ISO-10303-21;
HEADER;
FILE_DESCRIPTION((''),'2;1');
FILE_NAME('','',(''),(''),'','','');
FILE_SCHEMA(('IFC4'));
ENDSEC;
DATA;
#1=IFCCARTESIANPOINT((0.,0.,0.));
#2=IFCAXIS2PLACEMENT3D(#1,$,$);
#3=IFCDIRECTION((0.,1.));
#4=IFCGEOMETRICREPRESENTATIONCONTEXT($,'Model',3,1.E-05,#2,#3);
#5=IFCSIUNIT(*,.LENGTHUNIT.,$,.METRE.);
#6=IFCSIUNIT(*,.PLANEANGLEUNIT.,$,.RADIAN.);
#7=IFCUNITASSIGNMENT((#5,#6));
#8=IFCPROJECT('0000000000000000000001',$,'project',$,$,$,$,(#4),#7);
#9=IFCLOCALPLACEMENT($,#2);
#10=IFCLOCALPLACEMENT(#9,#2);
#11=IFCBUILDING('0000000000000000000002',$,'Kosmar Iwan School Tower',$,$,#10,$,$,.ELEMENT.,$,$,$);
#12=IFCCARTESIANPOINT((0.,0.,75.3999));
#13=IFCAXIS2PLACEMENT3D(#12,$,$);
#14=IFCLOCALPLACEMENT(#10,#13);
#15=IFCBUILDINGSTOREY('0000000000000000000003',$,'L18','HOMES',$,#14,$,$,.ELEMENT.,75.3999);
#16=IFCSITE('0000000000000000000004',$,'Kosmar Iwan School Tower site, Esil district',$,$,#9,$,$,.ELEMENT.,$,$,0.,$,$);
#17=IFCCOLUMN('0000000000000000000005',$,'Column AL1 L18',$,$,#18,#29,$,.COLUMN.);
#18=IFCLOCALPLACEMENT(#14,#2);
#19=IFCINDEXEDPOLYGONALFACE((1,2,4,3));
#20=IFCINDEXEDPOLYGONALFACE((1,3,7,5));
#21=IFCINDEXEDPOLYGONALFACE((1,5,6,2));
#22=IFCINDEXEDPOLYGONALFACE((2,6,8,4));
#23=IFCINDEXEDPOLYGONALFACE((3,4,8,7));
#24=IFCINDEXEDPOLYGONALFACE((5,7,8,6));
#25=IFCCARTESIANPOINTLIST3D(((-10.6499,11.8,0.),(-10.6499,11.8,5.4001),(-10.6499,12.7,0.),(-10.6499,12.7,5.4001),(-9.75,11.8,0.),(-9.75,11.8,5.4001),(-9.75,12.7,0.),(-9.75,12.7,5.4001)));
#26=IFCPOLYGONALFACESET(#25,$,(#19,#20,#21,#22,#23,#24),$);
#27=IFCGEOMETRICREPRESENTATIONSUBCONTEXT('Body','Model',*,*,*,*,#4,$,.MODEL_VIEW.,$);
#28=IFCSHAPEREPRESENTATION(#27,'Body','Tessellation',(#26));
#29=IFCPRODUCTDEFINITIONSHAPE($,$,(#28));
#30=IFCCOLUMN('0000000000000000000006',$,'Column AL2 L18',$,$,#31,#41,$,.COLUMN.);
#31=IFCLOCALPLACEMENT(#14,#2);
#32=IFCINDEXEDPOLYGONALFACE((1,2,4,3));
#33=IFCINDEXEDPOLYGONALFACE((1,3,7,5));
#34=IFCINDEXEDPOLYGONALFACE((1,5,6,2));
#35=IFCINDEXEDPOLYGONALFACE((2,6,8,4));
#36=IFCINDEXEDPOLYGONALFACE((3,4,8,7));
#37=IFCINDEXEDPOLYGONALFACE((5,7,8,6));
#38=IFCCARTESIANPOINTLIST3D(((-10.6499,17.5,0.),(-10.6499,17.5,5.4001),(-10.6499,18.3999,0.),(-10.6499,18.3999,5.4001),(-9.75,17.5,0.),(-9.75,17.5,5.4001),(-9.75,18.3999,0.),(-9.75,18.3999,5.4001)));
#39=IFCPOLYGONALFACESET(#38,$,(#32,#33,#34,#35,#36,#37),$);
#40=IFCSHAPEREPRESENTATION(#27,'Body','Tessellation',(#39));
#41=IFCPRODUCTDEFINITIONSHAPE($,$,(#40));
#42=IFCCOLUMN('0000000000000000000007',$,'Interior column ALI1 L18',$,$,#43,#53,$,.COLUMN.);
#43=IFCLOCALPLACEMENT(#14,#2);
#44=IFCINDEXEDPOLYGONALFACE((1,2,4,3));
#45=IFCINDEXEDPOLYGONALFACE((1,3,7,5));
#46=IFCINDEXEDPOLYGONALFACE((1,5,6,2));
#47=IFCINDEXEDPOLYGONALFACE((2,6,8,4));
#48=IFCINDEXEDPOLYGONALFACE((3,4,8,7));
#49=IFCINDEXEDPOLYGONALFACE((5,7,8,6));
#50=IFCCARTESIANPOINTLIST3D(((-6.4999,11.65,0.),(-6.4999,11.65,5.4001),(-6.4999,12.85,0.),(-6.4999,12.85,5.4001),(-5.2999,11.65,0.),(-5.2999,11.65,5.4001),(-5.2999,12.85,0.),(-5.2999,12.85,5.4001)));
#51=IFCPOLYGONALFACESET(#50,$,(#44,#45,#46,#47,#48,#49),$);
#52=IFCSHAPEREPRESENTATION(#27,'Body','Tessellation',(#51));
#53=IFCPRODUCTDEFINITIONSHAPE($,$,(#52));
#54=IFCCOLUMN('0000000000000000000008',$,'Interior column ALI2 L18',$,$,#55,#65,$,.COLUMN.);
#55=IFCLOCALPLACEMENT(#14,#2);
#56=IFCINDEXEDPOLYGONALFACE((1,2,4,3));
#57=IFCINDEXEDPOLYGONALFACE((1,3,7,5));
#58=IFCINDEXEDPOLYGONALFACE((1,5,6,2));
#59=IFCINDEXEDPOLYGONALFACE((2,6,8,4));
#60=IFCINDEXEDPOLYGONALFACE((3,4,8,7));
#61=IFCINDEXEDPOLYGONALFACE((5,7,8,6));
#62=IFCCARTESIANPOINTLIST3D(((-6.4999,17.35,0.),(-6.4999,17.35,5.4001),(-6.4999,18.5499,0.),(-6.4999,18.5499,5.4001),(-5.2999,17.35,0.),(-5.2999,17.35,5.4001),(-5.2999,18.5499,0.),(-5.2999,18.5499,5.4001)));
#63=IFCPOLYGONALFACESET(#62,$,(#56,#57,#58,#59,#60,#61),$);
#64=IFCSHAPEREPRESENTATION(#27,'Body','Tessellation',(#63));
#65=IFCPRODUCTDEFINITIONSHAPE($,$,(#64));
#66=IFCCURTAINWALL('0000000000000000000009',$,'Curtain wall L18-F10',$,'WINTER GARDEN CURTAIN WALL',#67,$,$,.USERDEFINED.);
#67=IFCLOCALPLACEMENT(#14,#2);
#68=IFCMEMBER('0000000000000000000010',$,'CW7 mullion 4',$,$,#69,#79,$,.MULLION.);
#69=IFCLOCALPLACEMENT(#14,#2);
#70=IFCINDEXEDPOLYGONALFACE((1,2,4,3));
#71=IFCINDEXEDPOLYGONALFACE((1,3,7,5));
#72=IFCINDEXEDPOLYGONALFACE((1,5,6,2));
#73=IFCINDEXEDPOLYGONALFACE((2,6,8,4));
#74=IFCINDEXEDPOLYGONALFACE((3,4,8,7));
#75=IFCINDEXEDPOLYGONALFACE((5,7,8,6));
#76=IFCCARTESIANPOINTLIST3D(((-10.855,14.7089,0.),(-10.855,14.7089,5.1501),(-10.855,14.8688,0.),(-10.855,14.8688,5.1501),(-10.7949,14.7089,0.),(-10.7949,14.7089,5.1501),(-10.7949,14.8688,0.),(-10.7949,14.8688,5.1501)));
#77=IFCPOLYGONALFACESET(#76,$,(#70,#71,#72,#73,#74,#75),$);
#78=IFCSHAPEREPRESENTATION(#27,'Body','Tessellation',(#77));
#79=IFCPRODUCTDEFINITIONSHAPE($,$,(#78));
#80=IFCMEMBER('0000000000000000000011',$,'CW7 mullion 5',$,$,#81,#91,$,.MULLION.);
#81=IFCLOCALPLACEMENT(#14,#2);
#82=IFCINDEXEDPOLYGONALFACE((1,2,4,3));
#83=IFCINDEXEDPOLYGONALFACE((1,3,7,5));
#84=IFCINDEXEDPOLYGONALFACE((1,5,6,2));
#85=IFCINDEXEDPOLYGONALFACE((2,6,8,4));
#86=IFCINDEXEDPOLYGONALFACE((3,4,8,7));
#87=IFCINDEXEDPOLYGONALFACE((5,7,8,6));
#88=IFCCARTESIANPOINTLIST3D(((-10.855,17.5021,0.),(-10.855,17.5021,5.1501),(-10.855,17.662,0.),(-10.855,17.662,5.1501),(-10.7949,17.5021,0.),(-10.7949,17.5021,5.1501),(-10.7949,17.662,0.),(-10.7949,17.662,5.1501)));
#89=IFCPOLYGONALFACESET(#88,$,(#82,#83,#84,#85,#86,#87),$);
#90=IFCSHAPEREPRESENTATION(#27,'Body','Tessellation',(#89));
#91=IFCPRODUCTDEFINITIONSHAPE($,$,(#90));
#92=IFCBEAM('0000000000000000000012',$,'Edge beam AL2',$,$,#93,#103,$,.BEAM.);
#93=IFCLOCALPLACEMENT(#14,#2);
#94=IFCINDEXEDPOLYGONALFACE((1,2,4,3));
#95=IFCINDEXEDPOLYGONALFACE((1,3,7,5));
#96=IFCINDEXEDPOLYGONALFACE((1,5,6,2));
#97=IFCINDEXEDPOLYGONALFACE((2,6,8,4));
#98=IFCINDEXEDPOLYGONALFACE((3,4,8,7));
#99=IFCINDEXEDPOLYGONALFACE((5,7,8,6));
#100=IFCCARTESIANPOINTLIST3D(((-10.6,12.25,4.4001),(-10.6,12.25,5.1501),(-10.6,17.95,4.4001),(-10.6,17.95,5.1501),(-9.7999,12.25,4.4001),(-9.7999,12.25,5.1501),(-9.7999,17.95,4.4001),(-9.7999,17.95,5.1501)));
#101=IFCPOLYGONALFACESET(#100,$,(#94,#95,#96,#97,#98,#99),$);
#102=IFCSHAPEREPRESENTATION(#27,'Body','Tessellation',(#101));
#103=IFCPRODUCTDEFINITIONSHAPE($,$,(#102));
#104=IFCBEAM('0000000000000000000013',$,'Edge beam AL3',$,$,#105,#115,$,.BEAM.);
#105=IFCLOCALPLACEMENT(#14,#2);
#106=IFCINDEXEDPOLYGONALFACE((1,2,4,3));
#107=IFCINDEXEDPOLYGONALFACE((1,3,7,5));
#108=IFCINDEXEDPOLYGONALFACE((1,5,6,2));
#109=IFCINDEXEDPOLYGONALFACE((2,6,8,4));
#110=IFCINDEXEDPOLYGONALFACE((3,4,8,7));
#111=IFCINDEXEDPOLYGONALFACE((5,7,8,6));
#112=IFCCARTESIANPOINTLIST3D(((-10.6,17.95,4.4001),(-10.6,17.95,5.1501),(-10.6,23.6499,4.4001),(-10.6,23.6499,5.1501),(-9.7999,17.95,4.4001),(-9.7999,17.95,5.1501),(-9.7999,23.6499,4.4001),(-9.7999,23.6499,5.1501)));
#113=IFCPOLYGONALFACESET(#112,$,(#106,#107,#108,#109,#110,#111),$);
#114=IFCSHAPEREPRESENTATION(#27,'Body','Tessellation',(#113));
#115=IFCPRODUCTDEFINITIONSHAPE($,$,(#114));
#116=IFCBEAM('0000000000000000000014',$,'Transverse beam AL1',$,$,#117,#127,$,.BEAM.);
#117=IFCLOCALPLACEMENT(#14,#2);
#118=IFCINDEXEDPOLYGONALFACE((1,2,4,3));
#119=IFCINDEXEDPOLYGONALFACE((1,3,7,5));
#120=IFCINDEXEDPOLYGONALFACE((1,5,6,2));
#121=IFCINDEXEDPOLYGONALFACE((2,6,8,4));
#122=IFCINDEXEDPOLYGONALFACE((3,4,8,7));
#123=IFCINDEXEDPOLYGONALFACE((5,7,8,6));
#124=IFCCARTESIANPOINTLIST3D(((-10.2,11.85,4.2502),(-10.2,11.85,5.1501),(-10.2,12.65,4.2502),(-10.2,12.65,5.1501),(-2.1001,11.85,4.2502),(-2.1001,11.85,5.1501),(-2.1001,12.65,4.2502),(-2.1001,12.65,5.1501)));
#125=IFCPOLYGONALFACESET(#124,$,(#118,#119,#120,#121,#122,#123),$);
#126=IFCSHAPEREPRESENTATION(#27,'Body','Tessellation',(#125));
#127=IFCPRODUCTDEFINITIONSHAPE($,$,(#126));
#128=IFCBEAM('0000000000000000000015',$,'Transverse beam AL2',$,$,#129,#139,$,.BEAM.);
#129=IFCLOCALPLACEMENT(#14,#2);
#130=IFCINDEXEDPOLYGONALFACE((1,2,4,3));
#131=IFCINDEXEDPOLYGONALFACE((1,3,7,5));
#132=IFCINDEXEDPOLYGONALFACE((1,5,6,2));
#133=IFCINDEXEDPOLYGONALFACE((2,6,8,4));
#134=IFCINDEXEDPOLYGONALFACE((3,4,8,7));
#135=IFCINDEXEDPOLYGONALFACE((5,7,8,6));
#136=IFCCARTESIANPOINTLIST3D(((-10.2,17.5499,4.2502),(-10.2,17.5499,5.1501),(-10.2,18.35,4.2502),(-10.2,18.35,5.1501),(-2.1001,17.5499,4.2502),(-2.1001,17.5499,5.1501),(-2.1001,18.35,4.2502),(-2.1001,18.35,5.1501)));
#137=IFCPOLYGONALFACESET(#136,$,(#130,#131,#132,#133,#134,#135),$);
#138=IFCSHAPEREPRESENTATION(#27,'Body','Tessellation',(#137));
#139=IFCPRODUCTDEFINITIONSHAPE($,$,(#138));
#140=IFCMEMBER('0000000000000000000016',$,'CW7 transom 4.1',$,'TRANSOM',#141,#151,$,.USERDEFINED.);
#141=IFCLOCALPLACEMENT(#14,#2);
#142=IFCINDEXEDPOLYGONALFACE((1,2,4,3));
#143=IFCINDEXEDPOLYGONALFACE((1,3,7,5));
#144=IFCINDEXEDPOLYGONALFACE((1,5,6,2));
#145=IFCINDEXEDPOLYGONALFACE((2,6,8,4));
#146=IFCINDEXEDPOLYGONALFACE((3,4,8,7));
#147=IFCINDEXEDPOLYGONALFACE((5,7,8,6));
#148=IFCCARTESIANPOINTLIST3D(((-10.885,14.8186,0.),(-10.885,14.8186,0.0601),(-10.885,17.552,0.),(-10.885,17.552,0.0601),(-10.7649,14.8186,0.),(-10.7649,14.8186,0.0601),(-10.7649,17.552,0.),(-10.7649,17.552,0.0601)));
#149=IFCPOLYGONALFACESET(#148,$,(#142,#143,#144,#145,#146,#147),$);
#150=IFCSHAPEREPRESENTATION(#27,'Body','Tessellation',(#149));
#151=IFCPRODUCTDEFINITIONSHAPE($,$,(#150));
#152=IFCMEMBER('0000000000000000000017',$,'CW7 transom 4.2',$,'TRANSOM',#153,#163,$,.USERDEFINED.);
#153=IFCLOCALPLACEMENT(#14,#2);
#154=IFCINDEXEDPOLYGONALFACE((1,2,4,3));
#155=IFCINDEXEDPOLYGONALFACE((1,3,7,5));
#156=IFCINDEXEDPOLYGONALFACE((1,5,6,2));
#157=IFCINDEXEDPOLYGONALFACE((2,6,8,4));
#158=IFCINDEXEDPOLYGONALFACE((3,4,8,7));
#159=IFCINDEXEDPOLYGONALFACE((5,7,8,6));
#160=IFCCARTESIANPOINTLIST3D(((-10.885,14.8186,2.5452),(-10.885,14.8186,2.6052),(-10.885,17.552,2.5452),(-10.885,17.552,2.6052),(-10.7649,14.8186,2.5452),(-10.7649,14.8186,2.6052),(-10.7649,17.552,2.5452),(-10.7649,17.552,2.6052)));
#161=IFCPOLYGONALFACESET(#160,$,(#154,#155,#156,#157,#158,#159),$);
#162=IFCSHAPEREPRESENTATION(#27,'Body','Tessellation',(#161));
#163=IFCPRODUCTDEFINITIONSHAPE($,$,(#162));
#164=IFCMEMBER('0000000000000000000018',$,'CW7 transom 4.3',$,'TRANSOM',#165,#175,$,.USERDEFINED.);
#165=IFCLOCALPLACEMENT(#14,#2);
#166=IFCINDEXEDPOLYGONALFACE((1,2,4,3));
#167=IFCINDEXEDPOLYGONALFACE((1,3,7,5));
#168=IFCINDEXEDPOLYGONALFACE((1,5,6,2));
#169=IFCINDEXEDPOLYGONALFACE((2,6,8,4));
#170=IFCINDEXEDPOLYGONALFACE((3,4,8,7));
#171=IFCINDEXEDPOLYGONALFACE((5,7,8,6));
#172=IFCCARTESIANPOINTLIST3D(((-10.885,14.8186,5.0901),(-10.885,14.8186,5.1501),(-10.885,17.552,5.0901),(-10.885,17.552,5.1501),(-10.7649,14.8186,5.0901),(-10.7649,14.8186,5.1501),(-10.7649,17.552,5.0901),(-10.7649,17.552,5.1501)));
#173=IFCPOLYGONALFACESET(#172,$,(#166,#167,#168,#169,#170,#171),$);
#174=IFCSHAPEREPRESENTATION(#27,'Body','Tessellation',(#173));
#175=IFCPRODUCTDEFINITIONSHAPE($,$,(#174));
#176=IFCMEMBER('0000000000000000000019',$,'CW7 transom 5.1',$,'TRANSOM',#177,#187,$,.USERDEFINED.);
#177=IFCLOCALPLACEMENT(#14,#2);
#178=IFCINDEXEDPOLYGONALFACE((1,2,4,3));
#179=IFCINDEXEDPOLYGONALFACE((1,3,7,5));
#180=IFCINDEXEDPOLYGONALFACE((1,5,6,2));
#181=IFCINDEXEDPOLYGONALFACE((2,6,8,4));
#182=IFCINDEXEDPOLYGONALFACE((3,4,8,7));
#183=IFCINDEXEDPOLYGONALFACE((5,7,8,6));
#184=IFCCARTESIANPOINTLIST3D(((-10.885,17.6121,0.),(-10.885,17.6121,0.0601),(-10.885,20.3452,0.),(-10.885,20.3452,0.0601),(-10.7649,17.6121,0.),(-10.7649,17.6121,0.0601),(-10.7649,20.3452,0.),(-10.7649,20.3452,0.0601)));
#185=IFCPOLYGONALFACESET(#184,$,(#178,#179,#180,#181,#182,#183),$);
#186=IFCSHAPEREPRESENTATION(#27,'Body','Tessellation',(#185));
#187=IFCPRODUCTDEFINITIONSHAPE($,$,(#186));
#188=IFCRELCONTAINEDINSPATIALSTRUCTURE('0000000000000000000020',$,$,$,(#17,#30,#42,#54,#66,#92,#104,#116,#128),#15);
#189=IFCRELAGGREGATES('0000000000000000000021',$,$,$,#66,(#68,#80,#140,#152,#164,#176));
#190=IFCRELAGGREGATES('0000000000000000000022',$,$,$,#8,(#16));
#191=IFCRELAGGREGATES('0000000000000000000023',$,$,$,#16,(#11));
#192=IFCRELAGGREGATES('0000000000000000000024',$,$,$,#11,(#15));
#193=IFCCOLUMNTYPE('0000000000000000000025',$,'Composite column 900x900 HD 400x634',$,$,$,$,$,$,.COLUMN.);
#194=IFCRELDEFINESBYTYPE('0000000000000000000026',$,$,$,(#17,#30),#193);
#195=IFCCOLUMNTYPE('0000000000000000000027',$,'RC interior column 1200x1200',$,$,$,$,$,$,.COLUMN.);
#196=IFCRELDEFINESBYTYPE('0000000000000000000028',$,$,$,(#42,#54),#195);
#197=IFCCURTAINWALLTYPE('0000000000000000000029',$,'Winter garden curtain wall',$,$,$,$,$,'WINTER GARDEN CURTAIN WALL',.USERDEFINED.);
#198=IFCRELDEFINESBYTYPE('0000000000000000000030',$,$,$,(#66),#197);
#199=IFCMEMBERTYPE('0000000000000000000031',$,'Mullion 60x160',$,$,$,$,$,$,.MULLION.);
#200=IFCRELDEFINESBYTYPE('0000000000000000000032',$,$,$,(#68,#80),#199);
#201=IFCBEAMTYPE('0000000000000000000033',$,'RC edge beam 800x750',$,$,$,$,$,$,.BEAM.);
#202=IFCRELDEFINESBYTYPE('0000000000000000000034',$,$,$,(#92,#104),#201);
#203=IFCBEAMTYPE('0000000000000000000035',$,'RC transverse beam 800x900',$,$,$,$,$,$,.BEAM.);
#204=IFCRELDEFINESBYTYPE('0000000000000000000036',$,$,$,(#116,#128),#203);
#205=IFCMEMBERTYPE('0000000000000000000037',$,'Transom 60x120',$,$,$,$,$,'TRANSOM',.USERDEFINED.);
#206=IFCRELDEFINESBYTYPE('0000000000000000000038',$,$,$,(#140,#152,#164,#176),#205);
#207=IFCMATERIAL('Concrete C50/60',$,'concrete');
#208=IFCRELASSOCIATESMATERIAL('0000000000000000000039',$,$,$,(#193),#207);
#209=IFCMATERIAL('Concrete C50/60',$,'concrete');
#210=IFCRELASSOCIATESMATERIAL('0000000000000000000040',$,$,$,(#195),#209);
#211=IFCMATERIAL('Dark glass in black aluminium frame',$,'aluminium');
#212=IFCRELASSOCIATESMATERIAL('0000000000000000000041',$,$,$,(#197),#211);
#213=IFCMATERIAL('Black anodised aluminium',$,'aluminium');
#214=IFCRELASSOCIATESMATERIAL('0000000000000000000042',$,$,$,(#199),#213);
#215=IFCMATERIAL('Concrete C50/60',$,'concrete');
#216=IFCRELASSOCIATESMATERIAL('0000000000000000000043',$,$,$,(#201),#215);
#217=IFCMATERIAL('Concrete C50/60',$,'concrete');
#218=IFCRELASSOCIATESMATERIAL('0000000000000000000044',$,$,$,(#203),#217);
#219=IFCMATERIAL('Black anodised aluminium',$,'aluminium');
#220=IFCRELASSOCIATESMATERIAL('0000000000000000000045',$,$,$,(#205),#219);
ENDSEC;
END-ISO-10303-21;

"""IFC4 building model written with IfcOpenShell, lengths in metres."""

from ifc_helpers import new_model, si_unit, direction, frame, origin, origin_2d, place, context, subcontext, project, spatial, rectangle, extrude, material, material_profile, profile_set, type_object, element, aggregate, save


model = new_model("IFC4")

# Units and contexts
model_context = context("Model", 3, precision=1e-05, world=origin(), true_north=direction((0.0, 1.0)))
body_context = subcontext(model_context, "Body", "Model", "MODEL_VIEW")
ifc_project = project(units=[si_unit("LENGTHUNIT", "METRE"), si_unit("PLANEANGLEUNIT", "RADIAN")], contexts=[model_context])

# Site, building, storey
site_placement = place(None, origin())
site = spatial("IfcSite", under=ifc_project, at=site_placement, Name="Kosmar Iwan School Tower site, Esil district", CompositionType="ELEMENT", RefElevation=0.0)
building_placement = place(site_placement, origin())
building = spatial("IfcBuilding", under=site, at=building_placement, Name="Kosmar Iwan School Tower", CompositionType="ELEMENT")
storey_placement = place(building_placement, frame((0.0, 0.0, 75.3999)))
storey = spatial("IfcBuildingStorey", under=building, at=storey_placement, Name="L18", Description="HOMES", CompositionType="ELEMENT", Elevation=75.3999)

# Columns
ifc_material_1 = material(Name="Concrete C50/60", Category="concrete")
ifc_material_profile_1 = material_profile(ifc_material_1, rectangle(XDim=0.8999, YDim=0.8999, at=origin_2d()), Name="RC 900x900 + HD 400x634")
ifc_profile_set_1 = profile_set([ifc_material_profile_1], Name="Concrete C50/60")
column_type_1 = type_object("IfcColumnType", Name="Composite column 900x900 HD 400x634", PredefinedType="COLUMN", material=ifc_profile_set_1)
for number, where, z_axis, x_axis, name in (
    (1, (-10.2, 12.25, 0.0), (0.0, 0.0, 1.0), (0.0, 1.0, 0.0), "Column AL1 L18"),
    (2, (-10.2, 17.95, 0.0), (0.0, 0.0, 1.0), (0.0, 1.0, 0.0), "Column AL2 L18"),
):
    element("IfcColumn", number, at=place(storey_placement, frame(where, z_axis=z_axis, x_axis=x_axis)), inside=storey, type_object=column_type_1, Name=name, PredefinedType="COLUMN", context=body_context, shape_type="SweptSolid", body=[
        extrude(rectangle(XDim=0.8999, YDim=0.8999, at=origin_2d()), origin(), (0.0, 0.0, 1.0), 5.4001),
    ])
ifc_material_2 = material(Name="Concrete C50/60", Category="concrete")
ifc_material_profile_2 = material_profile(ifc_material_2, rectangle(XDim=1.2, YDim=1.2, at=origin_2d()), Name="RC 1200x1200")
ifc_profile_set_2 = profile_set([ifc_material_profile_2], Name="Concrete C50/60")
column_type_2 = type_object("IfcColumnType", Name="RC interior column 1200x1200", PredefinedType="COLUMN", material=ifc_profile_set_2)
for number, where, z_axis, x_axis, name in (
    (3, (-5.8999, 12.25, 0.0), (0.0, 0.0, 1.0), (0.0, 1.0, 0.0), "Interior column ALI1 L18"),
    (4, (-5.8999, 17.95, 0.0), (0.0, 0.0, 1.0), (0.0, 1.0, 0.0), "Interior column ALI2 L18"),
):
    element("IfcColumn", number, at=place(storey_placement, frame(where, z_axis=z_axis, x_axis=x_axis)), inside=storey, type_object=column_type_2, Name=name, PredefinedType="COLUMN", context=body_context, shape_type="SweptSolid", body=[
        extrude(rectangle(XDim=1.2, YDim=1.2, at=origin_2d()), origin(), (0.0, 0.0, 1.0), 5.4001),
    ])

# Curtain wall, members
ifc_material_3 = material(Name="Dark glass in black aluminium frame", Category="aluminium")
curtain_wall_type = type_object("IfcCurtainWallType", Name="Winter garden curtain wall", ElementType="WINTER GARDEN CURTAIN WALL", PredefinedType="USERDEFINED", material=ifc_material_3)
curtain_wall_placement = place(storey_placement, origin())
curtain_wall = element("IfcCurtainWall", 5, at=curtain_wall_placement, inside=storey, type_object=curtain_wall_type, Name="Curtain wall L18-F10", ObjectType="WINTER GARDEN CURTAIN WALL", PredefinedType="USERDEFINED")
ifc_material_4 = material(Name="Black anodised aluminium", Category="aluminium")
ifc_material_profile_3 = material_profile(ifc_material_4, rectangle(XDim=0.0601, YDim=0.1599, at=origin_2d()), Name="MULLION 60x160")
ifc_profile_set_3 = profile_set([ifc_material_profile_3], Name="Black anodised aluminium")
member_type_1 = type_object("IfcMemberType", Name="Mullion 60x160", PredefinedType="MULLION", material=ifc_profile_set_3)
member_1_placement = place(storey_placement, frame((-10.825, 14.7888, 0.0), z_axis=(0.0, 0.0, 1.0), x_axis=(-1.0, 0.0, 0.0)))
member_1 = element("IfcMember", 6, at=member_1_placement, type_object=member_type_1, Name="CW7 mullion 4", PredefinedType="MULLION", context=body_context, shape_type="SweptSolid", body=[
    extrude(rectangle(XDim=0.0601, YDim=0.1599, at=origin_2d()), origin(), (0.0, 0.0, 1.0), 5.1501),
])
member_2_placement = place(storey_placement, frame((-10.825, 17.582, 0.0), z_axis=(0.0, 0.0, 1.0), x_axis=(-1.0, 0.0, 0.0)))
member_2 = element("IfcMember", 7, at=member_2_placement, type_object=member_type_1, Name="CW7 mullion 5", PredefinedType="MULLION", context=body_context, shape_type="SweptSolid", body=[
    extrude(rectangle(XDim=0.0601, YDim=0.1599, at=origin_2d()), origin(), (0.0, 0.0, 1.0), 5.1501),
])

# Beams
ifc_material_5 = material(Name="Concrete C50/60", Category="concrete")
ifc_material_profile_4 = material_profile(ifc_material_5, rectangle(XDim=0.8, YDim=0.75, at=origin_2d()), Name="RC 800x750")
ifc_profile_set_4 = profile_set([ifc_material_profile_4], Name="Concrete C50/60")
beam_type_1 = type_object("IfcBeamType", Name="RC edge beam 800x750", PredefinedType="BEAM", material=ifc_profile_set_4)
for number, where, z_axis, x_axis, name in (
    (8, (-10.2, 12.25, 4.7751), (0.0, 1.0, 0.0), (-1.0, 0.0, 0.0), "Edge beam AL2"),
    (9, (-10.2, 17.95, 4.7751), (0.0, 1.0, 0.0), (-1.0, 0.0, 0.0), "Edge beam AL3"),
):
    element("IfcBeam", number, at=place(storey_placement, frame(where, z_axis=z_axis, x_axis=x_axis)), inside=storey, type_object=beam_type_1, Name=name, PredefinedType="BEAM", context=body_context, shape_type="SweptSolid", body=[
        extrude(rectangle(XDim=0.8, YDim=0.75, at=origin_2d()), origin(), (0.0, 0.0, 1.0), 5.7),
    ])
ifc_material_6 = material(Name="Concrete C50/60", Category="concrete")
ifc_material_profile_5 = material_profile(ifc_material_6, rectangle(XDim=0.8, YDim=0.8999, at=origin_2d()), Name="RC 800x900")
ifc_profile_set_5 = profile_set([ifc_material_profile_5], Name="Concrete C50/60")
beam_type_2 = type_object("IfcBeamType", Name="RC transverse beam 800x900", PredefinedType="BEAM", material=ifc_profile_set_5)
for number, where, z_axis, x_axis, name in (
    (10, (-10.2, 12.25, 4.7002), (1.0, 0.0, 0.0), (0.0, 1.0, 0.0), "Transverse beam AL1"),
    (11, (-10.2, 17.95, 4.7002), (1.0, 0.0, 0.0), (0.0, 1.0, 0.0), "Transverse beam AL2"),
):
    element("IfcBeam", number, at=place(storey_placement, frame(where, z_axis=z_axis, x_axis=x_axis)), inside=storey, type_object=beam_type_2, Name=name, PredefinedType="BEAM", context=body_context, shape_type="SweptSolid", body=[
        extrude(rectangle(XDim=0.8, YDim=0.8999, at=origin_2d()), origin(), (0.0, 0.0, 1.0), 8.0999),
    ])

# Members
ifc_material_7 = material(Name="Black anodised aluminium", Category="aluminium")
ifc_material_profile_6 = material_profile(ifc_material_7, rectangle(XDim=0.1201, YDim=0.0601, at=origin_2d()), Name="TRANSOM 60x120")
ifc_profile_set_6 = profile_set([ifc_material_profile_6], Name="Black anodised aluminium")
member_type_2 = type_object("IfcMemberType", Name="Transom 60x120", ElementType="TRANSOM", PredefinedType="USERDEFINED", material=ifc_profile_set_6)
member_3_placement = place(storey_placement, frame((-10.825, 14.8186, 0.03), z_axis=(0.0, 1.0, 0.0), x_axis=(-1.0, 0.0, 0.0)))
member_3 = element("IfcMember", 12, at=member_3_placement, type_object=member_type_2, Name="CW7 transom 4.1", ObjectType="TRANSOM", PredefinedType="USERDEFINED", context=body_context, shape_type="SweptSolid", body=[
    extrude(rectangle(XDim=0.1201, YDim=0.0601, at=origin_2d()), origin(), (0.0, 0.0, 1.0), 2.7334),
])
member_4_placement = place(storey_placement, frame((-10.825, 14.8186, 2.5752), z_axis=(0.0, 1.0, 0.0), x_axis=(-1.0, 0.0, 0.0)))
member_4 = element("IfcMember", 13, at=member_4_placement, type_object=member_type_2, Name="CW7 transom 4.2", ObjectType="TRANSOM", PredefinedType="USERDEFINED", context=body_context, shape_type="SweptSolid", body=[
    extrude(rectangle(XDim=0.1201, YDim=0.0601, at=origin_2d()), origin(), (0.0, 0.0, 1.0), 2.7334),
])
member_5_placement = place(storey_placement, frame((-10.825, 14.8186, 5.1201), z_axis=(0.0, 1.0, 0.0), x_axis=(-1.0, 0.0, 0.0)))
member_5 = element("IfcMember", 14, at=member_5_placement, type_object=member_type_2, Name="CW7 transom 4.3", ObjectType="TRANSOM", PredefinedType="USERDEFINED", context=body_context, shape_type="SweptSolid", body=[
    extrude(rectangle(XDim=0.1201, YDim=0.0601, at=origin_2d()), origin(), (0.0, 0.0, 1.0), 2.7334),
])
member_6_placement = place(storey_placement, frame((-10.825, 17.6121, 0.03), z_axis=(0.0, 1.0, 0.0), x_axis=(-1.0, 0.0, 0.0)))
member_6 = element("IfcMember", 15, at=member_6_placement, type_object=member_type_2, Name="CW7 transom 5.1", ObjectType="TRANSOM", PredefinedType="USERDEFINED", context=body_context, shape_type="SweptSolid", body=[
    extrude(rectangle(XDim=0.1201, YDim=0.0601, at=origin_2d()), origin(), (0.0, 0.0, 1.0), 2.7332),
])

aggregate(curtain_wall, [member_1, member_2, member_3, member_4, member_5, member_6])

save(model, "model.ifc")
